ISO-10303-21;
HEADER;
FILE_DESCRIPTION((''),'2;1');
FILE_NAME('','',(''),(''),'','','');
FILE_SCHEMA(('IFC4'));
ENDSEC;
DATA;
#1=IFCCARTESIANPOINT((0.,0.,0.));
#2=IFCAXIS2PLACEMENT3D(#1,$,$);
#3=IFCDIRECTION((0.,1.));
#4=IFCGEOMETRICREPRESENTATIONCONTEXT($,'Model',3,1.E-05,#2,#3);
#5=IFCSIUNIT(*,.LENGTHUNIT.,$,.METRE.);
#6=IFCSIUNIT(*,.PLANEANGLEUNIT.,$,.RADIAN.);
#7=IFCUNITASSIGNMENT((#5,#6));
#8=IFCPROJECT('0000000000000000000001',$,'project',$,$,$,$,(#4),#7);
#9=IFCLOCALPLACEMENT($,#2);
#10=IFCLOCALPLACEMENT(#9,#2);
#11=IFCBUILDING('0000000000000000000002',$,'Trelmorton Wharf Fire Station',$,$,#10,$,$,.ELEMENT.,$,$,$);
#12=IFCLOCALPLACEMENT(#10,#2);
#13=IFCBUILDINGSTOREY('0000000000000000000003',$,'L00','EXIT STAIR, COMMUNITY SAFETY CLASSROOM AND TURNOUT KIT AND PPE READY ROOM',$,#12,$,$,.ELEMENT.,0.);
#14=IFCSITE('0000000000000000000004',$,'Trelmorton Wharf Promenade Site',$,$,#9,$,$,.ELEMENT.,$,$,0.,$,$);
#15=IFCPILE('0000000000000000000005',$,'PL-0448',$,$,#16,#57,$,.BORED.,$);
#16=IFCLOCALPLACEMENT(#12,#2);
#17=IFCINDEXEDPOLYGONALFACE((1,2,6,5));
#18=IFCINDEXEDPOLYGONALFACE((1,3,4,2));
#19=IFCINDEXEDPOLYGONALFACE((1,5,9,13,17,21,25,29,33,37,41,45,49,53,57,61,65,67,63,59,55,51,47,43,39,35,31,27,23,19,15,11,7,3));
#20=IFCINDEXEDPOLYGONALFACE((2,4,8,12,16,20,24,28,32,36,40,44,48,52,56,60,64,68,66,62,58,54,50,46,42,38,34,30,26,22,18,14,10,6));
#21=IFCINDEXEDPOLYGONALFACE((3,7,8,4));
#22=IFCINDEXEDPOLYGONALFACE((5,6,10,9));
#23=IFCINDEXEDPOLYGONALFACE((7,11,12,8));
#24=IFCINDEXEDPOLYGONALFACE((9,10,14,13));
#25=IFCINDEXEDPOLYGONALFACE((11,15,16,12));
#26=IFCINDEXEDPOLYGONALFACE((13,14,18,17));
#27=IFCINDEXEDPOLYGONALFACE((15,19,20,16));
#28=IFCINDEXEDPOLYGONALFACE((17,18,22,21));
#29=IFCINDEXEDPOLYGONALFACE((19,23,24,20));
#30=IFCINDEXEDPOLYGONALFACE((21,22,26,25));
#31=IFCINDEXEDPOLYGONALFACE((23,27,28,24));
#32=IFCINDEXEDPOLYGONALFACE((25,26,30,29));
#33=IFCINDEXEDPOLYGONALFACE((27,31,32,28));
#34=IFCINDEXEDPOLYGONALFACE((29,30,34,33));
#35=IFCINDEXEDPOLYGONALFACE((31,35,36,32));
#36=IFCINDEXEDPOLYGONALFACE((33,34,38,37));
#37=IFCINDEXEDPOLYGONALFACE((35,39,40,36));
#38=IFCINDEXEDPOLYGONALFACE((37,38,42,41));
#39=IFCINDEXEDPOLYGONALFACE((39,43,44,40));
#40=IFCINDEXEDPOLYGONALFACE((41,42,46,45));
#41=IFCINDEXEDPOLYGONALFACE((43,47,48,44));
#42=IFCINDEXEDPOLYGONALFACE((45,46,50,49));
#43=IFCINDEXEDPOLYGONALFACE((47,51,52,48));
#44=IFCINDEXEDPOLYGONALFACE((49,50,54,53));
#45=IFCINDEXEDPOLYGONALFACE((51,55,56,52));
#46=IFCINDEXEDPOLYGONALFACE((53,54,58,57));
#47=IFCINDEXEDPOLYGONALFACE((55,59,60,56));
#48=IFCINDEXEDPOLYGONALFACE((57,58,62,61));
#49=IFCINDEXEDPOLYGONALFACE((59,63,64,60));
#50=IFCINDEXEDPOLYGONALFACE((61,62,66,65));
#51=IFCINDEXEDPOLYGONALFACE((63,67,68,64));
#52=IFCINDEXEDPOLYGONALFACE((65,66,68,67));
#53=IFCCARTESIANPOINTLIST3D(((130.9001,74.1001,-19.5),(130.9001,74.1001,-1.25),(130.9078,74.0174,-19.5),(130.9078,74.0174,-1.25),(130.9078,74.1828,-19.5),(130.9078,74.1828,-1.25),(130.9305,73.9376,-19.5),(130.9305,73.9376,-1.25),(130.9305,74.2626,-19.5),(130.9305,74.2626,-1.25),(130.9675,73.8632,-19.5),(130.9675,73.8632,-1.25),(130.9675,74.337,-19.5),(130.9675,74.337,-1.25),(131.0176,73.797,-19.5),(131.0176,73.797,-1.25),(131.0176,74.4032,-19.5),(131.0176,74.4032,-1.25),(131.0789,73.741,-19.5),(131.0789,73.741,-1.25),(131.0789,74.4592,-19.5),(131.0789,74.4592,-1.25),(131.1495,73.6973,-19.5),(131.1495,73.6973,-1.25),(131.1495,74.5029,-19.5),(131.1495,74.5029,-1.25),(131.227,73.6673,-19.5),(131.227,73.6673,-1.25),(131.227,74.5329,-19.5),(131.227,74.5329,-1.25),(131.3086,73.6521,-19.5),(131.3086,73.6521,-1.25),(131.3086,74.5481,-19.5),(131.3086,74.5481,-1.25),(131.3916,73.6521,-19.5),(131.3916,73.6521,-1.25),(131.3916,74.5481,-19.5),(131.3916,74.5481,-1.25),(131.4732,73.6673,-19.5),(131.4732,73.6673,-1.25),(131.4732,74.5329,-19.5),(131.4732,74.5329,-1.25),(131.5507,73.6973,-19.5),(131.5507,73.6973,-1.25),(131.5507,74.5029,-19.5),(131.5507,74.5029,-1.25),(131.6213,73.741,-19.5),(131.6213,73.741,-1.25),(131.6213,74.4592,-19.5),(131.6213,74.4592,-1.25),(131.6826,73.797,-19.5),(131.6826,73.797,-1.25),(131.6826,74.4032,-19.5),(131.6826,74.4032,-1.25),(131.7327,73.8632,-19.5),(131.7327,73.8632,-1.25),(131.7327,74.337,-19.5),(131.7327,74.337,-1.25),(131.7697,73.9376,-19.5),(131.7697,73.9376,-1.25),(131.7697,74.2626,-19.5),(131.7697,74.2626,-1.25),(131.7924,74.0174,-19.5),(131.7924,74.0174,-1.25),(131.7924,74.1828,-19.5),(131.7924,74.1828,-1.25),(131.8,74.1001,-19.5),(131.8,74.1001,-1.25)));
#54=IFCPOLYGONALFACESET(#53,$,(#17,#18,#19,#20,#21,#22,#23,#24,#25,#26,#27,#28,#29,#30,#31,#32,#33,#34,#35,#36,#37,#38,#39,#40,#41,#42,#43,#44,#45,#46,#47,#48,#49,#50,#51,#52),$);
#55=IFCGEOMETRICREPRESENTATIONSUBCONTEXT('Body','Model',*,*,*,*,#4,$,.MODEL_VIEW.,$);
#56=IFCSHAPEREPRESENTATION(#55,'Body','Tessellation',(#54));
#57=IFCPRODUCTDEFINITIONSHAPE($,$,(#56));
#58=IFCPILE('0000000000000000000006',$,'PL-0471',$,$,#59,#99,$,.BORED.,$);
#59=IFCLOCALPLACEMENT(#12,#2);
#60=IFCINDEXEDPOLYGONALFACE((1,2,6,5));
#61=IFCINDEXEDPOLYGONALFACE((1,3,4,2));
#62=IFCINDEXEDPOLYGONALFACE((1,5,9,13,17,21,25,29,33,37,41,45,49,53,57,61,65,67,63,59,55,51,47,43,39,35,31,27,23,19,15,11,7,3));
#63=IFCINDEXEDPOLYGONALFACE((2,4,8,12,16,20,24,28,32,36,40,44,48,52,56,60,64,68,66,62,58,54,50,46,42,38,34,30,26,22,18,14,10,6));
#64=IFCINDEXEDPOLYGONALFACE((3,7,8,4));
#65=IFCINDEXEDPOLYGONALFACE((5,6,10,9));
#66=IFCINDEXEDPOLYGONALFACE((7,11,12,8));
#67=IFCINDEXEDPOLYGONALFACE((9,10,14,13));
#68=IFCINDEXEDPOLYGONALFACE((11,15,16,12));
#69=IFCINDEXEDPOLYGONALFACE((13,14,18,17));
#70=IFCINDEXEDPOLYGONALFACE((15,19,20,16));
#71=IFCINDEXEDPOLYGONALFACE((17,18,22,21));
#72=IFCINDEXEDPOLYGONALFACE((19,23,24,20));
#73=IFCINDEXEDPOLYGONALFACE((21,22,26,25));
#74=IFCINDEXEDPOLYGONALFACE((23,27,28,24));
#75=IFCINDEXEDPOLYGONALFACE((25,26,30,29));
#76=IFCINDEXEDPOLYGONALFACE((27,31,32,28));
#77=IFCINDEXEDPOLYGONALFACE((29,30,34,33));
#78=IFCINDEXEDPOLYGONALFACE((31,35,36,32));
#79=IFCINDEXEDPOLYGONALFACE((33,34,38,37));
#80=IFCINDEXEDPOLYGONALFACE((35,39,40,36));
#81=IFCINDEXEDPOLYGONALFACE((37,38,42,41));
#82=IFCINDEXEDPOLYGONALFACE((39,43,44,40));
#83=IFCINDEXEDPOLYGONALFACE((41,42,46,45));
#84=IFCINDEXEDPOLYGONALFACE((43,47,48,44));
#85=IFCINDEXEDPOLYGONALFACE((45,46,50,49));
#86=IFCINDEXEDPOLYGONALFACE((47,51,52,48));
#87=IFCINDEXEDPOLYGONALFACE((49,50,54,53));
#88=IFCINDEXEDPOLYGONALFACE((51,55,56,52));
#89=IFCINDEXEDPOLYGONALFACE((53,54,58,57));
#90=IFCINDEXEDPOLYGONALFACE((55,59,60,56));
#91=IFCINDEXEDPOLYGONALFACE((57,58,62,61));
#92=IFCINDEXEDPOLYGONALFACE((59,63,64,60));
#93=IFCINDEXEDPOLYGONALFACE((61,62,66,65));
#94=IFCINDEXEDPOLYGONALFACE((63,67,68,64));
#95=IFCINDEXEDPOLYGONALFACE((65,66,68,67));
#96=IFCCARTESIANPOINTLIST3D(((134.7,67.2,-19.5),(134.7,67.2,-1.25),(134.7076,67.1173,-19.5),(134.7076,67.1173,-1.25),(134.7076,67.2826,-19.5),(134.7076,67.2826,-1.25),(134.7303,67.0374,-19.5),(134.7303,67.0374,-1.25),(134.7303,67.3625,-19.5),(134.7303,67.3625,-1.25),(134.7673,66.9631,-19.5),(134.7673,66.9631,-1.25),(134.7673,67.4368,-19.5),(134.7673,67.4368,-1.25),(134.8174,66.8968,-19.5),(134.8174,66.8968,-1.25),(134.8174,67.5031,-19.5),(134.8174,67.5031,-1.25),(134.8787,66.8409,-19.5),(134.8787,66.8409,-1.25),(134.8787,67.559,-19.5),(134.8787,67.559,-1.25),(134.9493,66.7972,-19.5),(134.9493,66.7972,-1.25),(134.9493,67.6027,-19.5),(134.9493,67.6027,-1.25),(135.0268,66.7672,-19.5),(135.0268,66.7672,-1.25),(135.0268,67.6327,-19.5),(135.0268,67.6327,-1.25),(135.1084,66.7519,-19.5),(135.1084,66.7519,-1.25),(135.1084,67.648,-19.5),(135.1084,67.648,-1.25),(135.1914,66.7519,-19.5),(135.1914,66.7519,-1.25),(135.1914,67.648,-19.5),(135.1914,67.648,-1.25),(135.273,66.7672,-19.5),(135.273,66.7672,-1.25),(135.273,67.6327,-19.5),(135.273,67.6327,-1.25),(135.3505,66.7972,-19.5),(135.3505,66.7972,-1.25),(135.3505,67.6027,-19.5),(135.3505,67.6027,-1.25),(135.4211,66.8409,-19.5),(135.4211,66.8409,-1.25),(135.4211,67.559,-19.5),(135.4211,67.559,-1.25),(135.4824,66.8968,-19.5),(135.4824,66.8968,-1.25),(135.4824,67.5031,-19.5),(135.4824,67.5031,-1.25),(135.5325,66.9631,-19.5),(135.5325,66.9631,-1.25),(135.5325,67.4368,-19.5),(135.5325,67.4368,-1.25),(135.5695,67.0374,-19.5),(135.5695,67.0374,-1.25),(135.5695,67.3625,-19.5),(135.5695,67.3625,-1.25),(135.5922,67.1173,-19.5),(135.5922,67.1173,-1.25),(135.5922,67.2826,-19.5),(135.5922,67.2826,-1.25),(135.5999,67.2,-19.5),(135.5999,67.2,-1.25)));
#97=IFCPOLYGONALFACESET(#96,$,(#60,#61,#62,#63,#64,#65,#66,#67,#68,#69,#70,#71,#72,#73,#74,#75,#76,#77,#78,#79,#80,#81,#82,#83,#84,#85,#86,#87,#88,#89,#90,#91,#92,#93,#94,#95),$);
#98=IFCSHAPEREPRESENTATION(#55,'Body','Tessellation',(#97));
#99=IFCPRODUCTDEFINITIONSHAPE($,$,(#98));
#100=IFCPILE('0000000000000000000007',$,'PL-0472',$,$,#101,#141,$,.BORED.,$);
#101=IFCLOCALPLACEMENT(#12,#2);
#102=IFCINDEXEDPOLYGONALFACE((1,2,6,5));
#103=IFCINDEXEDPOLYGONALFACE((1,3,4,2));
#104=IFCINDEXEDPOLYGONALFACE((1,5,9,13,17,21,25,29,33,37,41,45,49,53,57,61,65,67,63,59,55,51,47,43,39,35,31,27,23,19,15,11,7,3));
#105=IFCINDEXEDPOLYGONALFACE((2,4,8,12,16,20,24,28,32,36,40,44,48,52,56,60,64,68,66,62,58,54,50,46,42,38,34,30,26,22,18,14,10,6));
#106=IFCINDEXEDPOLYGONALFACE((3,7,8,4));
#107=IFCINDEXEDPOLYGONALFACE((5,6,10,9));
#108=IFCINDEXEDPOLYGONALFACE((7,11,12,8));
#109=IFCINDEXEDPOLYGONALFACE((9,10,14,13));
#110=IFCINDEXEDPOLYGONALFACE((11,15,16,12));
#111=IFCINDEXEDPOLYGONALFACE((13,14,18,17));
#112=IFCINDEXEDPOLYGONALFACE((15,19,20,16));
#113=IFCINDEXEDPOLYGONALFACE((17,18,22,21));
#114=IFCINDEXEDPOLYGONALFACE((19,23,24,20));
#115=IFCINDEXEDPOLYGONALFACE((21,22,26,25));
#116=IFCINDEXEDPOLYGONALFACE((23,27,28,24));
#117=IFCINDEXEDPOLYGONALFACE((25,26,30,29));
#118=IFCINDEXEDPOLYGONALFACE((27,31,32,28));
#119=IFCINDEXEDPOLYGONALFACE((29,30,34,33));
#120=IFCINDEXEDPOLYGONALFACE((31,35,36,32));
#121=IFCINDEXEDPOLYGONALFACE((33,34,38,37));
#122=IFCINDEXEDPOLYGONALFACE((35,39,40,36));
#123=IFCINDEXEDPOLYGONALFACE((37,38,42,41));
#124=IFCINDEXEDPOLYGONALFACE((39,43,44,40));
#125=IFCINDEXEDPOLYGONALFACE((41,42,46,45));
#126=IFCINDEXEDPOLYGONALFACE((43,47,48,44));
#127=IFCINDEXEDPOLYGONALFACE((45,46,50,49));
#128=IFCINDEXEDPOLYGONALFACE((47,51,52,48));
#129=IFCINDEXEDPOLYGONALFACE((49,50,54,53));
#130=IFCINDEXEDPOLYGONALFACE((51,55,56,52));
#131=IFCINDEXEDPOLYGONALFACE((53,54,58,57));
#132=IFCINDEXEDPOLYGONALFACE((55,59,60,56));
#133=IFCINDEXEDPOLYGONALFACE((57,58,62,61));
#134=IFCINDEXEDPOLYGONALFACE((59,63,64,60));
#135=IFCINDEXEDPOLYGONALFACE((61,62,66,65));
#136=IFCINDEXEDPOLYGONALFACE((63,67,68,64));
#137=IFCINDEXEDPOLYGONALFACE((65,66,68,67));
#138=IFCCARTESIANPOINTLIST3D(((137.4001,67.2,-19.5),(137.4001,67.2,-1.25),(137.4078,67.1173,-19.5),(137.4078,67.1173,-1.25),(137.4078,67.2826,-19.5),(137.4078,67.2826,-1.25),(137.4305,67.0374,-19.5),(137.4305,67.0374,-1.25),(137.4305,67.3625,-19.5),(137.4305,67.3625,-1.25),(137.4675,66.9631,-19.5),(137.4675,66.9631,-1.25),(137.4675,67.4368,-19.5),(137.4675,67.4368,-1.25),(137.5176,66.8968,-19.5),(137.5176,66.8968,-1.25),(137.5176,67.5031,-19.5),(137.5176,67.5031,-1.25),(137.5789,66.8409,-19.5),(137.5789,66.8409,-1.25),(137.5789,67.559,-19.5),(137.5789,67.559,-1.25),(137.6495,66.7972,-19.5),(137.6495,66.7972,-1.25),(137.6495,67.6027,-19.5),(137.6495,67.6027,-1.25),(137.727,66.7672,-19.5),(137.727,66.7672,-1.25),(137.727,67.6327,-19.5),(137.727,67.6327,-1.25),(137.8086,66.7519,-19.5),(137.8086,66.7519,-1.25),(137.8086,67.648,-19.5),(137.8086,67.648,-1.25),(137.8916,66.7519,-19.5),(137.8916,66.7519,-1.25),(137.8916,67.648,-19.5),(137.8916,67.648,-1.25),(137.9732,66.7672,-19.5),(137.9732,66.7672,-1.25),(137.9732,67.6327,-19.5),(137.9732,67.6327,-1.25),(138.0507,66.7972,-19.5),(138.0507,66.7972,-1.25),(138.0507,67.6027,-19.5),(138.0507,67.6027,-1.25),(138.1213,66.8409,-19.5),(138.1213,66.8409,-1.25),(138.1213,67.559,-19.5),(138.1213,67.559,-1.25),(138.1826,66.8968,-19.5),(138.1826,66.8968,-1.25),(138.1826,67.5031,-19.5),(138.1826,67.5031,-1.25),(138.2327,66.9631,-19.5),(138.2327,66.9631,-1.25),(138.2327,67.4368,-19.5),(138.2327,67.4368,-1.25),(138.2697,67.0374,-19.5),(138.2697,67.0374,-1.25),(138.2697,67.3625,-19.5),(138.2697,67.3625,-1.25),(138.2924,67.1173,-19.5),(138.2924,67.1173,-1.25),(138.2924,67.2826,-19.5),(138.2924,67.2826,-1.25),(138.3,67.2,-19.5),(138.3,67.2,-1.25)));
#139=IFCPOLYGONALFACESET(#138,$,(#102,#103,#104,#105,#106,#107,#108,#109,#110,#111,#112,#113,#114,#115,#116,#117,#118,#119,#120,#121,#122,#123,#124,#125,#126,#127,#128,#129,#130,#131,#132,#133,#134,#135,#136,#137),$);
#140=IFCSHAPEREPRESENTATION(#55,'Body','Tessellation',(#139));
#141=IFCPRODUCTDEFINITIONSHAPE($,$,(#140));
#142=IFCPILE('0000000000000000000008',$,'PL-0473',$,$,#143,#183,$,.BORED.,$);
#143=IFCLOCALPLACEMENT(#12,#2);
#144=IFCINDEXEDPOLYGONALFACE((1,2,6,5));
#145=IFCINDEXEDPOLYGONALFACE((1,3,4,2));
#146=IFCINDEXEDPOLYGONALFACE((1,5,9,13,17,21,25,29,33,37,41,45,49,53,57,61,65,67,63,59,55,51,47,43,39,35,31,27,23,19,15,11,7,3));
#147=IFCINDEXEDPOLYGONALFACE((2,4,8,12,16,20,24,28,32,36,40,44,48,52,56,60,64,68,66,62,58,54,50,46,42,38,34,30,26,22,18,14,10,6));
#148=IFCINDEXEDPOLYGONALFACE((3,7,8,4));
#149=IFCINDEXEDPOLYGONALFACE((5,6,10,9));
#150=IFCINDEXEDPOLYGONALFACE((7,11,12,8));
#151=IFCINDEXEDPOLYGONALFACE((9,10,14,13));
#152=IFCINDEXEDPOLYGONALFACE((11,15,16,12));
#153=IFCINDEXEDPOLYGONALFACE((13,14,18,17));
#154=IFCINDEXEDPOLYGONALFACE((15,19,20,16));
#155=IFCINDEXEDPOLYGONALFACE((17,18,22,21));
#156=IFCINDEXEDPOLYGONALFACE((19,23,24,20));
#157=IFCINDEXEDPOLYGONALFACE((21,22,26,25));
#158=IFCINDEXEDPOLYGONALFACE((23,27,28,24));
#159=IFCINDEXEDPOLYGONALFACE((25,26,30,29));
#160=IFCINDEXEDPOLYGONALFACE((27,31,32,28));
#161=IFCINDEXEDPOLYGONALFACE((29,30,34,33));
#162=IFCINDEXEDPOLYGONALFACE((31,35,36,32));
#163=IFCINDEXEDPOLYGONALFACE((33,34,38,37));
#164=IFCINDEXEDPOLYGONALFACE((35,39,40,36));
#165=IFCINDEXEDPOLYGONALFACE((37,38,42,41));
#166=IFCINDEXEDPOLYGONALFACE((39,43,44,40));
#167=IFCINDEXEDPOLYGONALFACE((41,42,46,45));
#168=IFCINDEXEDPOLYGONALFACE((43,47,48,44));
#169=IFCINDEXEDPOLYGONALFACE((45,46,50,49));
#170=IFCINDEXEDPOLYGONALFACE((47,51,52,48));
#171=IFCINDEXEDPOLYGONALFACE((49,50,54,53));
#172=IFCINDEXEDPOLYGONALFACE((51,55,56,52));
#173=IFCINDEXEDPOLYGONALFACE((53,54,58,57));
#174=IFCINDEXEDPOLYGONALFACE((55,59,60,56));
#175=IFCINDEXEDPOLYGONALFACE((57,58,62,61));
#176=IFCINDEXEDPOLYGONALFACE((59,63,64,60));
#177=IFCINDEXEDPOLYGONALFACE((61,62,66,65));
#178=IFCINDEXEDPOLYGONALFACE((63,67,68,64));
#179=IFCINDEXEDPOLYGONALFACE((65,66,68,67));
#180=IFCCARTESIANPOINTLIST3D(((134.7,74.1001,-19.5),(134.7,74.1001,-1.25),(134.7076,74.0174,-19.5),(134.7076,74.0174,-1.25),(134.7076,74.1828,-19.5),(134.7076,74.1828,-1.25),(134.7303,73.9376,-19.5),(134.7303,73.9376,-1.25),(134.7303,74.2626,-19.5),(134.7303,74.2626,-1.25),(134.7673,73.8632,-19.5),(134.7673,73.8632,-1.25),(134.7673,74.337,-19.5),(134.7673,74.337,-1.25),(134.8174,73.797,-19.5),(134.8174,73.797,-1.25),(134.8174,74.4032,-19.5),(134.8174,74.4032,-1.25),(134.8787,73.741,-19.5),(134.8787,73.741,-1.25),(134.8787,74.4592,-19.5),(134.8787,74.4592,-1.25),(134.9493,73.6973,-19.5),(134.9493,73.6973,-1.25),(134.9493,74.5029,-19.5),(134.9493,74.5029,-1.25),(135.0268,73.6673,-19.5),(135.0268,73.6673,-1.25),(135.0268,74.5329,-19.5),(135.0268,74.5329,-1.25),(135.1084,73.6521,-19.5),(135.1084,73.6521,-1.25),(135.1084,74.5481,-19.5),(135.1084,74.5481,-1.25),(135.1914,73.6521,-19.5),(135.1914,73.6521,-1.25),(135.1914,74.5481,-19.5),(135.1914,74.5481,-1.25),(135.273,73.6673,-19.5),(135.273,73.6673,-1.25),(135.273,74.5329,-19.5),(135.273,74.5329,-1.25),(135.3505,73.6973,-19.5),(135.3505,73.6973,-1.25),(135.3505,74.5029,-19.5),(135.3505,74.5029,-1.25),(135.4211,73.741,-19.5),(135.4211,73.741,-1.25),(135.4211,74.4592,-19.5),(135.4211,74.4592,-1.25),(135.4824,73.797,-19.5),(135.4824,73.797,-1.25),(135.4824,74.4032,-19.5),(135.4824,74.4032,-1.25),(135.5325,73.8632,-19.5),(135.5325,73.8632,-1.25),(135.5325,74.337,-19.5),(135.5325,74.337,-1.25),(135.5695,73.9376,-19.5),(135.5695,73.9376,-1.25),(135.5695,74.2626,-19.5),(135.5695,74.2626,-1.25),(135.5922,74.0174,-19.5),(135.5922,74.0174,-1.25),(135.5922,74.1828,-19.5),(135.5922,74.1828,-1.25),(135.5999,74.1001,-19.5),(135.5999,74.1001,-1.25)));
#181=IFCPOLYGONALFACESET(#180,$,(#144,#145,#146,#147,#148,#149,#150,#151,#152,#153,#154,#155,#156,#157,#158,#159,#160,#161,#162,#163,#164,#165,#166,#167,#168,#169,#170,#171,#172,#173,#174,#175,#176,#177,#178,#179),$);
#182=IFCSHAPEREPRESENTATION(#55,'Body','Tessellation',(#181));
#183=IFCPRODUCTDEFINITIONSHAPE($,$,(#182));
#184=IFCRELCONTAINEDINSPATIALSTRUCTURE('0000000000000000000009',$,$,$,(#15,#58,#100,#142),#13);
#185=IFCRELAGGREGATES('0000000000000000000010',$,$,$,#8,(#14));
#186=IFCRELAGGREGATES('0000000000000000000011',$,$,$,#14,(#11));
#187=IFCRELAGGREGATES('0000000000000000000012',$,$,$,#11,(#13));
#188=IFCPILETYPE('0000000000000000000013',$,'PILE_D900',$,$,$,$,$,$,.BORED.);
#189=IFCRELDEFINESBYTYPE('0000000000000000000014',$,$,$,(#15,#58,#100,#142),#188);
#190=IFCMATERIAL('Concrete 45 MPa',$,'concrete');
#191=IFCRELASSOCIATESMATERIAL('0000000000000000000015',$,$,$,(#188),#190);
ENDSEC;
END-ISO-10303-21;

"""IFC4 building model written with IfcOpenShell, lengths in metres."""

from ifc_helpers import new_model, si_unit, direction, frame, origin, origin_2d, place, context, subcontext, project, spatial, circle, extrude, material, material_profile, profile_set, type_object, element, save


model = new_model("IFC4")

# Units and contexts
model_context = context("Model", 3, precision=1e-05, world=origin(), true_north=direction((0.0, 1.0)))
body_context = subcontext(model_context, "Body", "Model", "MODEL_VIEW")
ifc_project = project(units=[si_unit("LENGTHUNIT", "METRE"), si_unit("PLANEANGLEUNIT", "RADIAN")], contexts=[model_context])

# Site, building, storey
site_placement = place(None, origin())
site = spatial("IfcSite", under=ifc_project, at=site_placement, Name="Trelmorton Wharf Promenade Site", CompositionType="ELEMENT", RefElevation=0.0)
building_placement = place(site_placement, origin())
building = spatial("IfcBuilding", under=site, at=building_placement, Name="Trelmorton Wharf Fire Station", CompositionType="ELEMENT")
storey_placement = place(building_placement, origin())
storey = spatial("IfcBuildingStorey", under=building, at=storey_placement, Name="L00", Description="EXIT STAIR, COMMUNITY SAFETY CLASSROOM AND TURNOUT KIT AND PPE READY ROOM", CompositionType="ELEMENT", Elevation=0.0)

# Piles
ifc_material_1 = material(Name="Concrete 45 MPa", Category="concrete")
ifc_material_profile_1 = material_profile(ifc_material_1, circle(Radius=0.45, at=origin_2d()), Name="PILE-D900")
ifc_profile_set_1 = profile_set([ifc_material_profile_1], Name="Concrete 45 MPa")
pile_type = type_object("IfcPileType", Name="PILE_D900", PredefinedType="BORED", material=ifc_profile_set_1)
for number, where, z_axis, x_axis, name in (
    (1, (131.3501, 74.1001, -1.25), (0.0, 0.0, -1.0), (1.0, 0.0, 0.0), "PL-0448"),
    (2, (135.1499, 67.2, -1.25), (0.0, 0.0, -1.0), (1.0, 0.0, 0.0), "PL-0471"),
    (3, (137.8501, 67.2, -1.25), (0.0, 0.0, -1.0), (1.0, 0.0, 0.0), "PL-0472"),
    (4, (135.1499, 74.1001, -1.25), (0.0, 0.0, -1.0), (1.0, 0.0, 0.0), "PL-0473"),
):
    element("IfcPile", number, at=place(storey_placement, frame(where, z_axis=z_axis, x_axis=x_axis)), inside=storey, type_object=pile_type, Name=name, PredefinedType="BORED", context=body_context, shape_type="SweptSolid", body=[
        extrude(circle(Radius=0.45, at=origin_2d()), origin(), (0.0, 0.0, 1.0), 18.25),
    ])

save(model, "model.ifc")
